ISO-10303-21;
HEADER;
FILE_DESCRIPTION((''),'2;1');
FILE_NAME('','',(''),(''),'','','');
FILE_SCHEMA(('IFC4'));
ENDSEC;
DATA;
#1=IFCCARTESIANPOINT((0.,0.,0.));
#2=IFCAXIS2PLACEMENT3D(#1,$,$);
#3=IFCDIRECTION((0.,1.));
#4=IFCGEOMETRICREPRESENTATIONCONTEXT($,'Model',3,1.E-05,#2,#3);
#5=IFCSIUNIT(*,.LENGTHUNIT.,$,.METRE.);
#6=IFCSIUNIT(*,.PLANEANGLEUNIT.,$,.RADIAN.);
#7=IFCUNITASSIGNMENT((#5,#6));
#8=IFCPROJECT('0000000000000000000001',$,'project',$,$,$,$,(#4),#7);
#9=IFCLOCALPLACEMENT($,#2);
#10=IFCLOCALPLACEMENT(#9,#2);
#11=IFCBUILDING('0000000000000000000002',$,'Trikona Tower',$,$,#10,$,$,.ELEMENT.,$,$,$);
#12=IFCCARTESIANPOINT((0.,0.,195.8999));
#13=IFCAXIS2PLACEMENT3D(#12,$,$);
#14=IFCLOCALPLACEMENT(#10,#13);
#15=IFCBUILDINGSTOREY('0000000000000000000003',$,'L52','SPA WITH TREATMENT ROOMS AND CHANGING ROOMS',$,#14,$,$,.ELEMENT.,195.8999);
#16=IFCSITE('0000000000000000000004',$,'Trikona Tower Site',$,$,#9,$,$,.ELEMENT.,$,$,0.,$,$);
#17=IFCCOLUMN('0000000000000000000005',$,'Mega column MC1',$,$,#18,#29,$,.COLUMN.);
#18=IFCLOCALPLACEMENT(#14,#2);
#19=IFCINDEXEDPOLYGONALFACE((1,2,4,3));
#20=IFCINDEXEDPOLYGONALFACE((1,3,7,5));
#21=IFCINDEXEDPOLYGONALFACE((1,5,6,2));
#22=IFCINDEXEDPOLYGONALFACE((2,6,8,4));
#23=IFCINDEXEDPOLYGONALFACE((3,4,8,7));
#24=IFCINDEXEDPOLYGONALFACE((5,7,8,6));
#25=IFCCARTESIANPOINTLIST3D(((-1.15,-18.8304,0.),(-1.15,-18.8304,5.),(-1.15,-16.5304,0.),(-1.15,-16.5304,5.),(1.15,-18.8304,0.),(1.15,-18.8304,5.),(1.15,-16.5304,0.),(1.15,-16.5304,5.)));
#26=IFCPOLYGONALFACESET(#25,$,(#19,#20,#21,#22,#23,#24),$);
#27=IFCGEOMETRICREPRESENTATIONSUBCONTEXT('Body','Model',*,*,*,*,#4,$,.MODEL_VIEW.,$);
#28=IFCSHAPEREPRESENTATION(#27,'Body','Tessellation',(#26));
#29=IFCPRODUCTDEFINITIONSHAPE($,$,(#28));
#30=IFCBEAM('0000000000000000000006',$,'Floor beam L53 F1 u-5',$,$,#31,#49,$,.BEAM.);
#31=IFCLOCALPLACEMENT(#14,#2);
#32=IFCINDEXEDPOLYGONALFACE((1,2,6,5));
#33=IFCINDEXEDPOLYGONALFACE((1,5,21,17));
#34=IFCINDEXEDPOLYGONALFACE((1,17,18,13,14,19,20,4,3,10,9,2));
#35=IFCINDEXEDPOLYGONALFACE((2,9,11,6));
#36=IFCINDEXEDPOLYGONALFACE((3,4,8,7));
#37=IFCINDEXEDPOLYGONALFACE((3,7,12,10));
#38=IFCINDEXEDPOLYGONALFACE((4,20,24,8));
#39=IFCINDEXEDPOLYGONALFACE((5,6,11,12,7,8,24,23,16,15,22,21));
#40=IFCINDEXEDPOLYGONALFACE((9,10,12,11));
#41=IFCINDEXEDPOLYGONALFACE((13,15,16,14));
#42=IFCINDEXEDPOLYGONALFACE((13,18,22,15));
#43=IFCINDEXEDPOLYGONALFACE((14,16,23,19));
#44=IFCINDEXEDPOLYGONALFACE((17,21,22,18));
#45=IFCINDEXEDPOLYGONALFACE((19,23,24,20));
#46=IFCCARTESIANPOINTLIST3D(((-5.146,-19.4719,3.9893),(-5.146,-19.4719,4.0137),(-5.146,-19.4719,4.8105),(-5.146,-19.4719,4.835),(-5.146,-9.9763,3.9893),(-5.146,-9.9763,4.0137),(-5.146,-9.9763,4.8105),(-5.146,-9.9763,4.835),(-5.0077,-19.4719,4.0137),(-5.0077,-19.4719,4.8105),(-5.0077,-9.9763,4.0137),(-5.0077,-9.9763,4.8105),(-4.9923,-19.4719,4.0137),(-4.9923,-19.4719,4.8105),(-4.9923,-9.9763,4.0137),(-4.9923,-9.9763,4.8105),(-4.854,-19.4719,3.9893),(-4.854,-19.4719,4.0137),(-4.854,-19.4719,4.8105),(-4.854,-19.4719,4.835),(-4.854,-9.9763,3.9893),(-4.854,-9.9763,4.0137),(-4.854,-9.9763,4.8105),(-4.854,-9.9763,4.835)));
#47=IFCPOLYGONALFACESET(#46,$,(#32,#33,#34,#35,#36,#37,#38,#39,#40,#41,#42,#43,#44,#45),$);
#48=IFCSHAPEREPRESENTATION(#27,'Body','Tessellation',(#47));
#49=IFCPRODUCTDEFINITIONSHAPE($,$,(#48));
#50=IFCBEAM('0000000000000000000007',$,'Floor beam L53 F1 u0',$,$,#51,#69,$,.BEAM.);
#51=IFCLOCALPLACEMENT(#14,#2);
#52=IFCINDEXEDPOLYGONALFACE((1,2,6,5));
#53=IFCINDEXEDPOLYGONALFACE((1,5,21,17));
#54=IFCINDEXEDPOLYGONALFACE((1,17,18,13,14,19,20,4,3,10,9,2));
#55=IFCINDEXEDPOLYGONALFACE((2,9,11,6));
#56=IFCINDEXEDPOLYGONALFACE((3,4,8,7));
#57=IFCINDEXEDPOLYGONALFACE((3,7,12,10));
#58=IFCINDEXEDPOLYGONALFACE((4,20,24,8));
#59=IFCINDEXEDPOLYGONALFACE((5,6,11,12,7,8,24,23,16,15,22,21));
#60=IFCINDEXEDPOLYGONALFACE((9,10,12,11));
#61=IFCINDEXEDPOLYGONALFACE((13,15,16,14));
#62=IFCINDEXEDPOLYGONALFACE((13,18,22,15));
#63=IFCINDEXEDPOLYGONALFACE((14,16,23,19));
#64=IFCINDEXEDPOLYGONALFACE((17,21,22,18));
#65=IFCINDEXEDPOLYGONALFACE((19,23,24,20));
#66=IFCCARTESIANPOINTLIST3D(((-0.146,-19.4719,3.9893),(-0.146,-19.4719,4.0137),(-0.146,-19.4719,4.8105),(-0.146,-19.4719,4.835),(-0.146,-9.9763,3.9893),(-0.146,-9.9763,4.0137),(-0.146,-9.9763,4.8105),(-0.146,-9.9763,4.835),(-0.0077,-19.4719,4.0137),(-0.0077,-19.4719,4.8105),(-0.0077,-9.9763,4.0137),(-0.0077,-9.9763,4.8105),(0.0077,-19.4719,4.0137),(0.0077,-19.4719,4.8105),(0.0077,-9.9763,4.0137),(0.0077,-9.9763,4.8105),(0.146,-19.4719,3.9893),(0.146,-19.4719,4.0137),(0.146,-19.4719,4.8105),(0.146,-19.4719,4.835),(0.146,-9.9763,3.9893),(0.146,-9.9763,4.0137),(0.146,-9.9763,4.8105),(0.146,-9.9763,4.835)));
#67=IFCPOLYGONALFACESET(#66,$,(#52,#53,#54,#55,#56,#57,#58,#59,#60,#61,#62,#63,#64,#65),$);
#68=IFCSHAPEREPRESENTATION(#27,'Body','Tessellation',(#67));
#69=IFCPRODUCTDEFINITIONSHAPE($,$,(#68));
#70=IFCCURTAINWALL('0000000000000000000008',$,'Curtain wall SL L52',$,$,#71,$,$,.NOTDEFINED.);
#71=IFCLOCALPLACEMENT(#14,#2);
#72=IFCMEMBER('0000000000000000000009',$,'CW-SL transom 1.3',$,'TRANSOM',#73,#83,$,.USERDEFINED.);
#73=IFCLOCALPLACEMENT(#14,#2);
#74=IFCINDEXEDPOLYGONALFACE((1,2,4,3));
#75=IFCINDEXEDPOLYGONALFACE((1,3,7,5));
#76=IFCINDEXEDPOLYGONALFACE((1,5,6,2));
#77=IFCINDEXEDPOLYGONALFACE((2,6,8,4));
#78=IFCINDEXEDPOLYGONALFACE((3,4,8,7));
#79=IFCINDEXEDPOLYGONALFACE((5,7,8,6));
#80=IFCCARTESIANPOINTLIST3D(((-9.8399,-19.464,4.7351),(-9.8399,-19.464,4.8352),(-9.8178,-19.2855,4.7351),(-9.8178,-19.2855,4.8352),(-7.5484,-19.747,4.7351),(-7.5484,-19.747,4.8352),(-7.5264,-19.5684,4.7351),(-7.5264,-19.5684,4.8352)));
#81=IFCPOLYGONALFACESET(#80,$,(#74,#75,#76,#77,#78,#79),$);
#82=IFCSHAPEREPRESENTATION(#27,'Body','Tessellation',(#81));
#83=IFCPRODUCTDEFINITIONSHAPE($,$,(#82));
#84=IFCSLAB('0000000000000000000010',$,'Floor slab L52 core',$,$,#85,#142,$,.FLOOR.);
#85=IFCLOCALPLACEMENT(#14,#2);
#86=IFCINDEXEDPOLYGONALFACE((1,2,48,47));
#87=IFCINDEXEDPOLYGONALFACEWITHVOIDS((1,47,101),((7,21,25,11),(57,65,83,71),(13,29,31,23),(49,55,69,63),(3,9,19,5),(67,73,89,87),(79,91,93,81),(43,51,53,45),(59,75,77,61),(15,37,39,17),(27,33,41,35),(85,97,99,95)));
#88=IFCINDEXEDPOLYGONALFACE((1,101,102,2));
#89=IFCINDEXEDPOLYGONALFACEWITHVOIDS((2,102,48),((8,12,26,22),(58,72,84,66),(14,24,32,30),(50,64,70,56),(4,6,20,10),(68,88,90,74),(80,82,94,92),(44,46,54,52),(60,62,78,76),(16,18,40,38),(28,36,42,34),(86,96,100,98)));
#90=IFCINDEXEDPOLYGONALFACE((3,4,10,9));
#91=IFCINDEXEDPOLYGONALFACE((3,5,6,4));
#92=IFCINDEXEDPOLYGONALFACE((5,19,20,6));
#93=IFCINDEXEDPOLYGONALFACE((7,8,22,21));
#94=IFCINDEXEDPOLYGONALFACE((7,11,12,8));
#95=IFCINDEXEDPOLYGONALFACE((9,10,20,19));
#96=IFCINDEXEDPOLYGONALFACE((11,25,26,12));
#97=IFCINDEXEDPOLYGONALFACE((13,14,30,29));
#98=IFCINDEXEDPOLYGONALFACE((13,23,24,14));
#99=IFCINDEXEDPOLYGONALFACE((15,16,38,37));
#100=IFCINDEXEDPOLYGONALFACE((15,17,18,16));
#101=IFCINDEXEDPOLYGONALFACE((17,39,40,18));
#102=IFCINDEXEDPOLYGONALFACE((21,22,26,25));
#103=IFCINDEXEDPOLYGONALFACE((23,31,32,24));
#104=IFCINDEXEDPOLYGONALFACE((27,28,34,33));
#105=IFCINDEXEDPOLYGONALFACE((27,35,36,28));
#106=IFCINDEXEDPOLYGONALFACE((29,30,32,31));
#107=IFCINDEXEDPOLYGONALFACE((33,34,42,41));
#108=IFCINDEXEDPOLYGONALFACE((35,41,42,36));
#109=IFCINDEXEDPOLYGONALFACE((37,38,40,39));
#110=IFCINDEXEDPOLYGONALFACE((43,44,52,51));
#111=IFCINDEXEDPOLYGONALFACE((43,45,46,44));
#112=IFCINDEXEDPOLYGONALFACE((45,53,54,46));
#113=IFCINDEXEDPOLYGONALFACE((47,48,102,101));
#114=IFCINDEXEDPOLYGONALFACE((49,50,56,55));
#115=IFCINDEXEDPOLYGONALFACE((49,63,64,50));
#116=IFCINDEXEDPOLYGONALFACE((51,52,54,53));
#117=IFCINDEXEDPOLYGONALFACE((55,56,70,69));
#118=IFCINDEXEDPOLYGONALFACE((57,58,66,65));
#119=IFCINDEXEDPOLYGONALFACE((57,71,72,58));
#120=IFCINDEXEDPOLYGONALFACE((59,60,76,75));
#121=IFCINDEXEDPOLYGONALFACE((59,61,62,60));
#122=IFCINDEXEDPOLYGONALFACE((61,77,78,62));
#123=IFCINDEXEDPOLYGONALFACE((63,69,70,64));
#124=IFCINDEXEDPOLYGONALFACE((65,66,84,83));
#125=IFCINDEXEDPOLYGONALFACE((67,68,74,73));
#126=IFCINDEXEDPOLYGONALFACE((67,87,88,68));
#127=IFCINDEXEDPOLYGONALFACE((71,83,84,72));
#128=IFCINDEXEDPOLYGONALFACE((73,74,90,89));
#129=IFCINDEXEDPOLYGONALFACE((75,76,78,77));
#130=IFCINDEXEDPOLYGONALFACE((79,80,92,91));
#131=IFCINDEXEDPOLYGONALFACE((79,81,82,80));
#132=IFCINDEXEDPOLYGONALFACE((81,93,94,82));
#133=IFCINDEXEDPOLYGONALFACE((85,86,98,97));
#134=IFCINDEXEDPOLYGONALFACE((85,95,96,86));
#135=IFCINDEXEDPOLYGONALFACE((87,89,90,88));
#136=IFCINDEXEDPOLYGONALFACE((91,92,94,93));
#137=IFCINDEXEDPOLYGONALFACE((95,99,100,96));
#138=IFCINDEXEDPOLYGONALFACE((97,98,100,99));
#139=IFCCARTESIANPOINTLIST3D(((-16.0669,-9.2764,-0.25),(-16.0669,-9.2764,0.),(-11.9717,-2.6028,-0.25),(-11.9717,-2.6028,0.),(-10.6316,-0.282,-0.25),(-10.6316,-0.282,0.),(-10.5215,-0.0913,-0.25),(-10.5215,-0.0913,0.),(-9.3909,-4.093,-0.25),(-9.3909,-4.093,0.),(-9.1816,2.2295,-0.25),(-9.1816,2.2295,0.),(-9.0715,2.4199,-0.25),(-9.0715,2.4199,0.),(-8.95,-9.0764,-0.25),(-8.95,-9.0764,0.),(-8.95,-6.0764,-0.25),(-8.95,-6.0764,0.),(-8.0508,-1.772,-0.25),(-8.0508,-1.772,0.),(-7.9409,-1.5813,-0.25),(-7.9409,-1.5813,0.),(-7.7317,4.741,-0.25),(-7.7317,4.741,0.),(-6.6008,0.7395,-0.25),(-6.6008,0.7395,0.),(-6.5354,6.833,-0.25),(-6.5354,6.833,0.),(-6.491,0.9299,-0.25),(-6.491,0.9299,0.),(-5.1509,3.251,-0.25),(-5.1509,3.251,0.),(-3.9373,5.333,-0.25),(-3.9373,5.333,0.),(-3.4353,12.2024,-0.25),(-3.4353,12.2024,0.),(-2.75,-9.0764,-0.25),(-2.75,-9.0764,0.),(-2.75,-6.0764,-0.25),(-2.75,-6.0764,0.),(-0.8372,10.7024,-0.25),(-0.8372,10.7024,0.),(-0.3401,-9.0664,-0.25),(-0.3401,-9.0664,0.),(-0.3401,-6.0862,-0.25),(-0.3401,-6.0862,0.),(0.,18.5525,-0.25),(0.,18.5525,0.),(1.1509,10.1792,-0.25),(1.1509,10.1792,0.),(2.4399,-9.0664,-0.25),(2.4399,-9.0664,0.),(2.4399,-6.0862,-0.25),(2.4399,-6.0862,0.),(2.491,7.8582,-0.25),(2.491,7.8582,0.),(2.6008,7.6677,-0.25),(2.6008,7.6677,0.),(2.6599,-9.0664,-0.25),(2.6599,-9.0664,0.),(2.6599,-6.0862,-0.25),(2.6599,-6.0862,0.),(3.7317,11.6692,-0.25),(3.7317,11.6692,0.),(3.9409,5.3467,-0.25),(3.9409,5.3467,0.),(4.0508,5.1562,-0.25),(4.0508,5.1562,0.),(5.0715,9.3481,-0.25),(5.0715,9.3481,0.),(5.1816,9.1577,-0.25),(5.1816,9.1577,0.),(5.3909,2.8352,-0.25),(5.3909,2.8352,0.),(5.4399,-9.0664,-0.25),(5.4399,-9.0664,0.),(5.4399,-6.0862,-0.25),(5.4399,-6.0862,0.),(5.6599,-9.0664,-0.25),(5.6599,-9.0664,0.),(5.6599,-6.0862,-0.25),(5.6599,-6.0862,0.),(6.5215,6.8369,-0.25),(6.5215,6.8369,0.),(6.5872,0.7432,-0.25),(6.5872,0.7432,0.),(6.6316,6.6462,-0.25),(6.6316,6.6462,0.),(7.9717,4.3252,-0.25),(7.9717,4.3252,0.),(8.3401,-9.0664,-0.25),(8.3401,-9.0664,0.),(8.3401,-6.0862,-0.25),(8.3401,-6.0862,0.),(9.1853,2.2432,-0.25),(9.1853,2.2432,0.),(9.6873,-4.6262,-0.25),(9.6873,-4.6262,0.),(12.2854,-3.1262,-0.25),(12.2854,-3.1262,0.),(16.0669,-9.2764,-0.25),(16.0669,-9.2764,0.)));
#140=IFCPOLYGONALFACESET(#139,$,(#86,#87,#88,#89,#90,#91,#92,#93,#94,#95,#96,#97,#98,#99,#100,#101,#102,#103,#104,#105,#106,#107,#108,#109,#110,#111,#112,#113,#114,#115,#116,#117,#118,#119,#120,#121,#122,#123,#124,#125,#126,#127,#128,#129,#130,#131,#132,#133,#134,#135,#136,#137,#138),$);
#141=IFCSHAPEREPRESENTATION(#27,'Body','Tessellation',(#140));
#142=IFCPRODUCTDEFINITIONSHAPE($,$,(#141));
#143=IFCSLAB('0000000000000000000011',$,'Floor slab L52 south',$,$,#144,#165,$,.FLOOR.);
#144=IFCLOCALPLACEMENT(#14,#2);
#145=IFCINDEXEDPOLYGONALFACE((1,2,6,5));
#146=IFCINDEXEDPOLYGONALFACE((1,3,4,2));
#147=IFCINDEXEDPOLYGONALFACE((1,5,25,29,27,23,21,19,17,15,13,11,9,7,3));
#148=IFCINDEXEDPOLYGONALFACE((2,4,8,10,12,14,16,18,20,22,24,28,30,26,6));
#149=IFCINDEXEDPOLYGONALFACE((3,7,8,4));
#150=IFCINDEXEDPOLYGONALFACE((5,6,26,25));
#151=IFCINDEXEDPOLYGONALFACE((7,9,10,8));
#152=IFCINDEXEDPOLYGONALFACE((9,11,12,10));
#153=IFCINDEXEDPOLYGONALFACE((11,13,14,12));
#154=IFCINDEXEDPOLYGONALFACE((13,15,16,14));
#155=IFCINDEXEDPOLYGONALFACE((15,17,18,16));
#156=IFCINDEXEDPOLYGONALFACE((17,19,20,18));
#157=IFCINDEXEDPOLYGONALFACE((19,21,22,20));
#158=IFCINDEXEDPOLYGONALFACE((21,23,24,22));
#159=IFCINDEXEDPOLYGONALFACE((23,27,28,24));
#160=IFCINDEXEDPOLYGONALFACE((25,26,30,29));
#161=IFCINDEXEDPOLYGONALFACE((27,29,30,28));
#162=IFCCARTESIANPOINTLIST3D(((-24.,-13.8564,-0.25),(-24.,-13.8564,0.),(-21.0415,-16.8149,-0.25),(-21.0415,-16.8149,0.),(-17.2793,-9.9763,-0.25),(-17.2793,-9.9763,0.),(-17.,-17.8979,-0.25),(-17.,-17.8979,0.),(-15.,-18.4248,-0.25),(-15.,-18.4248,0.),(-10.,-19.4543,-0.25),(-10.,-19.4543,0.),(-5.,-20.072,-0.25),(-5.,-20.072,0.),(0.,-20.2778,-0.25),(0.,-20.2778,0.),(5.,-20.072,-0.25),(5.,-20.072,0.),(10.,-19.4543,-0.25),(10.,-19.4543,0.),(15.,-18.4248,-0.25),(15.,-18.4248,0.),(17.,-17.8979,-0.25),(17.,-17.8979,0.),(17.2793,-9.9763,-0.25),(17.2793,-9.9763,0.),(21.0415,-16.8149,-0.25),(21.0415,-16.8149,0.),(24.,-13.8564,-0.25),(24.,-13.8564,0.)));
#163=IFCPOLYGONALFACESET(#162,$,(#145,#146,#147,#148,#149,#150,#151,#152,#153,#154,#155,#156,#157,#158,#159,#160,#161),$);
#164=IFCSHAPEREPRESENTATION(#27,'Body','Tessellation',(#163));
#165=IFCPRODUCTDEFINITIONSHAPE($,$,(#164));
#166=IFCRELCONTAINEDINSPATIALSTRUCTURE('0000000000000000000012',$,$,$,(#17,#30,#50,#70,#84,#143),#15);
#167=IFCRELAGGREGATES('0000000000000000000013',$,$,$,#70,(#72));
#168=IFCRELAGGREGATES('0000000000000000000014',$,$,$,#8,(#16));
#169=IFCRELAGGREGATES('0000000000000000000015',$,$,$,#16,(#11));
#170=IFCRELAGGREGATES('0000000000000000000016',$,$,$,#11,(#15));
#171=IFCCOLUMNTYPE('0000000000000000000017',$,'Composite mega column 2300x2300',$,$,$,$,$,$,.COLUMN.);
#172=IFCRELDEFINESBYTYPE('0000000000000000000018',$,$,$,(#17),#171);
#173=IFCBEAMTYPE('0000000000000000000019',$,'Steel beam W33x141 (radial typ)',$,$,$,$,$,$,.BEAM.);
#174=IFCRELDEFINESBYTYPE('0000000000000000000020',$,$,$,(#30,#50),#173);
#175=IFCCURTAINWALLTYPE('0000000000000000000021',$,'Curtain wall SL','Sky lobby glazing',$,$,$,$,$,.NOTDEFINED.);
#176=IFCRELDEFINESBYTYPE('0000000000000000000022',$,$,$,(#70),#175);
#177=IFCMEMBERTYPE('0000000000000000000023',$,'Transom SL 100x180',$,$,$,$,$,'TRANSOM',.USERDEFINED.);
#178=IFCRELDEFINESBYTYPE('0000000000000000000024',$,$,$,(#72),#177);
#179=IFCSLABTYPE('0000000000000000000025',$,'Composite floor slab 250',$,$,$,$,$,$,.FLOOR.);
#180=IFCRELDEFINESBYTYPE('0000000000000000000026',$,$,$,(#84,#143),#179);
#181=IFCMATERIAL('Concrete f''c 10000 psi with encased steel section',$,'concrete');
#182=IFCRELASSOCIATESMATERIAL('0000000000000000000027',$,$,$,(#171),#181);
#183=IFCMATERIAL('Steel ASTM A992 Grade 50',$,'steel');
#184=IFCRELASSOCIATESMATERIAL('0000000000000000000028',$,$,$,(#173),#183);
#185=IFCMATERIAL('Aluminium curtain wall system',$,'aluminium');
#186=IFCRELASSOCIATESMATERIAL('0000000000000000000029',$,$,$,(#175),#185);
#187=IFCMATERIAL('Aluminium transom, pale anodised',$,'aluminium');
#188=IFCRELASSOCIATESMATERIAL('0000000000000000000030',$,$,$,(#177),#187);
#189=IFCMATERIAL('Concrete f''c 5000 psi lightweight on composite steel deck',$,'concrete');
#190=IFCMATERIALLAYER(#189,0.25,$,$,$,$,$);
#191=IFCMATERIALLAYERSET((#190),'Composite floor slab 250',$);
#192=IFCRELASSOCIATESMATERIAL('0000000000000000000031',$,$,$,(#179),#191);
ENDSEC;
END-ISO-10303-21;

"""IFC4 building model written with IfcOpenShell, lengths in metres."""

from ifc_helpers import new_model, si_unit, direction, frame, origin, origin_2d, place, context, subcontext, project, spatial, polyline, rectangle, i_section, outline, extrude, material, layer, layer_set, material_profile, profile_set, type_object, element, aggregate, save


model = new_model("IFC4")

# Units and contexts
model_context = context("Model", 3, precision=1e-05, world=origin(), true_north=direction((0.0, 1.0)))
body_context = subcontext(model_context, "Body", "Model", "MODEL_VIEW")
ifc_project = project(units=[si_unit("LENGTHUNIT", "METRE"), si_unit("PLANEANGLEUNIT", "RADIAN")], contexts=[model_context])

# Site, building, storey
site_placement = place(None, origin())
site = spatial("IfcSite", under=ifc_project, at=site_placement, Name="Trikona Tower Site", CompositionType="ELEMENT", RefElevation=0.0)
building_placement = place(site_placement, origin())
building = spatial("IfcBuilding", under=site, at=building_placement, Name="Trikona Tower", CompositionType="ELEMENT")
storey_placement = place(building_placement, frame((0.0, 0.0, 195.8999)))
storey = spatial("IfcBuildingStorey", under=building, at=storey_placement, Name="L52", Description="SPA WITH TREATMENT ROOMS AND CHANGING ROOMS", CompositionType="ELEMENT", Elevation=195.8999)

# Column
ifc_material_1 = material(Name="Concrete f'c 10000 psi with encased steel section", Category="concrete")
ifc_material_profile_1 = material_profile(ifc_material_1, rectangle(XDim=2.3, YDim=2.3, at=origin_2d()), Name="MC2300")
ifc_profile_set_1 = profile_set([ifc_material_profile_1], Name="Concrete f'c 10000 psi with encased steel section")
column_type = type_object("IfcColumnType", Name="Composite mega column 2300x2300", PredefinedType="COLUMN", material=ifc_profile_set_1)
column_placement = place(storey_placement, frame((0.0, -17.6804, 0.0), z_axis=(0.0, 0.0, 1.0), x_axis=(0.0, -1.0, 0.0)))
element("IfcColumn", 1, at=column_placement, inside=storey, type_object=column_type, Name="Mega column MC1", PredefinedType="COLUMN", context=body_context, shape_type="SweptSolid", body=[
    extrude(rectangle(XDim=2.3, YDim=2.3, at=origin_2d()), origin(), (0.0, 0.0, 1.0), 5.0),
])

# Beams
ifc_material_2 = material(Name="Steel ASTM A992 Grade 50", Category="steel")
ifc_material_profile_2 = material_profile(ifc_material_2, i_section(OverallWidth=0.292, OverallDepth=0.8457, WebThickness=0.0154, FlangeThickness=0.0244, at=origin_2d()), Name="W33X141")
ifc_profile_set_2 = profile_set([ifc_material_profile_2], Name="Steel ASTM A992 Grade 50")
beam_type = type_object("IfcBeamType", Name="Steel beam W33x141 (radial typ)", PredefinedType="BEAM", material=ifc_profile_set_2)
for number, where, z_axis, x_axis, name in (
    (2, (-5.0, -9.9763, 4.4121), (0.0, -1.0, 0.0), (1.0, 0.0, 0.0), "Floor beam L53 F1 u-5"),
    (3, (0.0, -9.9763, 4.4121), (0.0, -1.0, 0.0), (1.0, 0.0, 0.0), "Floor beam L53 F1 u0"),
):
    element("IfcBeam", number, at=place(storey_placement, frame(where, z_axis=z_axis, x_axis=x_axis)), inside=storey, type_object=beam_type, Name=name, PredefinedType="BEAM", context=body_context, shape_type="SweptSolid", body=[
        extrude(i_section(OverallWidth=0.292, OverallDepth=0.8457, WebThickness=0.0154, FlangeThickness=0.0244, at=origin_2d()), origin(), (0.0, 0.0, 1.0), 9.4956),
    ])

# Curtain wall, member
ifc_material_3 = material(Name="Aluminium curtain wall system", Category="aluminium")
curtain_wall_type = type_object("IfcCurtainWallType", Name="Curtain wall SL", Description="Sky lobby glazing", PredefinedType="NOTDEFINED", material=ifc_material_3)
curtain_wall_placement = place(storey_placement, origin())
curtain_wall = element("IfcCurtainWall", 4, at=curtain_wall_placement, inside=storey, type_object=curtain_wall_type, Name="Curtain wall SL L52", PredefinedType="NOTDEFINED")
ifc_material_4 = material(Name="Aluminium transom, pale anodised", Category="aluminium")
ifc_material_profile_3 = material_profile(ifc_material_4, rectangle(XDim=0.1799, YDim=0.1001, at=origin_2d()), Name="TRN-SL")
ifc_profile_set_3 = profile_set([ifc_material_profile_3], Name="Aluminium transom, pale anodised")
member_type = type_object("IfcMemberType", Name="Transom SL 100x180", ElementType="TRANSOM", PredefinedType="USERDEFINED", material=ifc_profile_set_3)
member_placement = place(storey_placement, frame((-9.8289, -19.3748, 4.7852), z_axis=(0.992462, -0.122551, 0.0), x_axis=(0.122551, 0.992462, 0.0)))
member = element("IfcMember", 5, at=member_placement, type_object=member_type, Name="CW-SL transom 1.3", ObjectType="TRANSOM", PredefinedType="USERDEFINED", context=body_context, shape_type="SweptSolid", body=[
    extrude(rectangle(XDim=0.1799, YDim=0.1001, at=origin_2d()), origin(), (0.0, 0.0, 1.0), 2.3088),
])
aggregate(curtain_wall, [member])

# Slabs
ifc_material_5 = material(Name="Concrete f'c 5000 psi lightweight on composite steel deck", Category="concrete")
ifc_layer_1 = layer(ifc_material_5, 0.25)
ifc_layer_set_1 = layer_set([ifc_layer_1], Name="Composite floor slab 250")
slab_type_1 = type_object("IfcSlabType", Name="Composite floor slab 250", PredefinedType="FLOOR", material=ifc_layer_set_1)
slab_1_placement = place(storey_placement, frame((0.0, 0.0, -0.25)))
element("IfcSlab", 6, at=slab_1_placement, inside=storey, type_object=slab_type_1, Name="Floor slab L52 core", PredefinedType="FLOOR", context=body_context, shape_type="SweptSolid", body=[
    extrude(outline(polyline([(-16.0669, -9.2764), (16.0669, -9.2764), (0.0, 18.5525), (-16.0669, -9.2764)]), holes=[polyline([(12.2854, -3.1262), (9.1853, 2.2432), (6.5872, 0.7432), (9.6873, -4.6262), (12.2854, -3.1262)]), polyline([(8.3401, -9.0664), (8.3401, -6.0862), (5.6599, -6.0862), (5.6599, -9.0664), (8.3401, -9.0664)]), polyline([(5.3909, 2.8352), (7.9717, 4.3252), (6.6316, 6.6462), (4.0508, 5.1562), (5.3909, 2.8352)]), polyline([(2.6008, 7.6677), (3.9409, 5.3467), (6.5215, 6.8369), (5.1816, 9.1577), (2.6008, 7.6677)]), polyline([(5.4399, -6.0862), (2.6599, -6.0862), (2.6599, -9.0664), (5.4399, -9.0664), (5.4399, -6.0862)]), polyline([(3.7317, 11.6692), (1.1509, 10.1792), (2.491, 7.8582), (5.0715, 9.3481), (3.7317, 11.6692)]), polyline([(-0.3401, -6.0862), (-0.3401, -9.0664), (2.4399, -9.0664), (2.4399, -6.0862), (-0.3401, -6.0862)]), polyline([(-3.4353, 12.2024), (-6.5354, 6.833), (-3.9373, 5.333), (-0.8372, 10.7024), (-3.4353, 12.2024)]), polyline([(-8.95, -9.0764), (-2.75, -9.0764), (-2.75, -6.0764), (-8.95, -6.0764), (-8.95, -9.0764)]), polyline([(-5.1509, 3.251), (-7.7317, 4.741), (-9.0715, 2.4199), (-6.491, 0.9299), (-5.1509, 3.251)]), polyline([(-7.9409, -1.5813), (-6.6008, 0.7395), (-9.1816, 2.2295), (-10.5215, -0.0913), (-7.9409, -1.5813)]), polyline([(-11.9717, -2.6028), (-9.3909, -4.093), (-8.0508, -1.772), (-10.6316, -0.282), (-11.9717, -2.6028)])]), origin(), (0.0, 0.0, 1.0), 0.25),
])
slab_2_placement = place(storey_placement, frame((0.0, 0.0, -0.25)))
element("IfcSlab", 7, at=slab_2_placement, inside=storey, type_object=slab_type_1, Name="Floor slab L52 south", PredefinedType="FLOOR", context=body_context, shape_type="SweptSolid", body=[
    extrude(outline(polyline([(21.0415, -16.8149), (24.0, -13.8564), (17.2793, -9.9763), (-17.2793, -9.9763), (-24.0, -13.8564), (-21.0415, -16.8149), (-17.0, -17.8979), (-15.0, -18.4248), (-10.0, -19.4543), (-5.0, -20.072), (0.0, -20.2778), (5.0, -20.072), (10.0, -19.4543), (15.0, -18.4248), (17.0, -17.8979), (21.0415, -16.8149)])), origin(), (0.0, 0.0, 1.0), 0.25),
])

save(model, "model.ifc")
